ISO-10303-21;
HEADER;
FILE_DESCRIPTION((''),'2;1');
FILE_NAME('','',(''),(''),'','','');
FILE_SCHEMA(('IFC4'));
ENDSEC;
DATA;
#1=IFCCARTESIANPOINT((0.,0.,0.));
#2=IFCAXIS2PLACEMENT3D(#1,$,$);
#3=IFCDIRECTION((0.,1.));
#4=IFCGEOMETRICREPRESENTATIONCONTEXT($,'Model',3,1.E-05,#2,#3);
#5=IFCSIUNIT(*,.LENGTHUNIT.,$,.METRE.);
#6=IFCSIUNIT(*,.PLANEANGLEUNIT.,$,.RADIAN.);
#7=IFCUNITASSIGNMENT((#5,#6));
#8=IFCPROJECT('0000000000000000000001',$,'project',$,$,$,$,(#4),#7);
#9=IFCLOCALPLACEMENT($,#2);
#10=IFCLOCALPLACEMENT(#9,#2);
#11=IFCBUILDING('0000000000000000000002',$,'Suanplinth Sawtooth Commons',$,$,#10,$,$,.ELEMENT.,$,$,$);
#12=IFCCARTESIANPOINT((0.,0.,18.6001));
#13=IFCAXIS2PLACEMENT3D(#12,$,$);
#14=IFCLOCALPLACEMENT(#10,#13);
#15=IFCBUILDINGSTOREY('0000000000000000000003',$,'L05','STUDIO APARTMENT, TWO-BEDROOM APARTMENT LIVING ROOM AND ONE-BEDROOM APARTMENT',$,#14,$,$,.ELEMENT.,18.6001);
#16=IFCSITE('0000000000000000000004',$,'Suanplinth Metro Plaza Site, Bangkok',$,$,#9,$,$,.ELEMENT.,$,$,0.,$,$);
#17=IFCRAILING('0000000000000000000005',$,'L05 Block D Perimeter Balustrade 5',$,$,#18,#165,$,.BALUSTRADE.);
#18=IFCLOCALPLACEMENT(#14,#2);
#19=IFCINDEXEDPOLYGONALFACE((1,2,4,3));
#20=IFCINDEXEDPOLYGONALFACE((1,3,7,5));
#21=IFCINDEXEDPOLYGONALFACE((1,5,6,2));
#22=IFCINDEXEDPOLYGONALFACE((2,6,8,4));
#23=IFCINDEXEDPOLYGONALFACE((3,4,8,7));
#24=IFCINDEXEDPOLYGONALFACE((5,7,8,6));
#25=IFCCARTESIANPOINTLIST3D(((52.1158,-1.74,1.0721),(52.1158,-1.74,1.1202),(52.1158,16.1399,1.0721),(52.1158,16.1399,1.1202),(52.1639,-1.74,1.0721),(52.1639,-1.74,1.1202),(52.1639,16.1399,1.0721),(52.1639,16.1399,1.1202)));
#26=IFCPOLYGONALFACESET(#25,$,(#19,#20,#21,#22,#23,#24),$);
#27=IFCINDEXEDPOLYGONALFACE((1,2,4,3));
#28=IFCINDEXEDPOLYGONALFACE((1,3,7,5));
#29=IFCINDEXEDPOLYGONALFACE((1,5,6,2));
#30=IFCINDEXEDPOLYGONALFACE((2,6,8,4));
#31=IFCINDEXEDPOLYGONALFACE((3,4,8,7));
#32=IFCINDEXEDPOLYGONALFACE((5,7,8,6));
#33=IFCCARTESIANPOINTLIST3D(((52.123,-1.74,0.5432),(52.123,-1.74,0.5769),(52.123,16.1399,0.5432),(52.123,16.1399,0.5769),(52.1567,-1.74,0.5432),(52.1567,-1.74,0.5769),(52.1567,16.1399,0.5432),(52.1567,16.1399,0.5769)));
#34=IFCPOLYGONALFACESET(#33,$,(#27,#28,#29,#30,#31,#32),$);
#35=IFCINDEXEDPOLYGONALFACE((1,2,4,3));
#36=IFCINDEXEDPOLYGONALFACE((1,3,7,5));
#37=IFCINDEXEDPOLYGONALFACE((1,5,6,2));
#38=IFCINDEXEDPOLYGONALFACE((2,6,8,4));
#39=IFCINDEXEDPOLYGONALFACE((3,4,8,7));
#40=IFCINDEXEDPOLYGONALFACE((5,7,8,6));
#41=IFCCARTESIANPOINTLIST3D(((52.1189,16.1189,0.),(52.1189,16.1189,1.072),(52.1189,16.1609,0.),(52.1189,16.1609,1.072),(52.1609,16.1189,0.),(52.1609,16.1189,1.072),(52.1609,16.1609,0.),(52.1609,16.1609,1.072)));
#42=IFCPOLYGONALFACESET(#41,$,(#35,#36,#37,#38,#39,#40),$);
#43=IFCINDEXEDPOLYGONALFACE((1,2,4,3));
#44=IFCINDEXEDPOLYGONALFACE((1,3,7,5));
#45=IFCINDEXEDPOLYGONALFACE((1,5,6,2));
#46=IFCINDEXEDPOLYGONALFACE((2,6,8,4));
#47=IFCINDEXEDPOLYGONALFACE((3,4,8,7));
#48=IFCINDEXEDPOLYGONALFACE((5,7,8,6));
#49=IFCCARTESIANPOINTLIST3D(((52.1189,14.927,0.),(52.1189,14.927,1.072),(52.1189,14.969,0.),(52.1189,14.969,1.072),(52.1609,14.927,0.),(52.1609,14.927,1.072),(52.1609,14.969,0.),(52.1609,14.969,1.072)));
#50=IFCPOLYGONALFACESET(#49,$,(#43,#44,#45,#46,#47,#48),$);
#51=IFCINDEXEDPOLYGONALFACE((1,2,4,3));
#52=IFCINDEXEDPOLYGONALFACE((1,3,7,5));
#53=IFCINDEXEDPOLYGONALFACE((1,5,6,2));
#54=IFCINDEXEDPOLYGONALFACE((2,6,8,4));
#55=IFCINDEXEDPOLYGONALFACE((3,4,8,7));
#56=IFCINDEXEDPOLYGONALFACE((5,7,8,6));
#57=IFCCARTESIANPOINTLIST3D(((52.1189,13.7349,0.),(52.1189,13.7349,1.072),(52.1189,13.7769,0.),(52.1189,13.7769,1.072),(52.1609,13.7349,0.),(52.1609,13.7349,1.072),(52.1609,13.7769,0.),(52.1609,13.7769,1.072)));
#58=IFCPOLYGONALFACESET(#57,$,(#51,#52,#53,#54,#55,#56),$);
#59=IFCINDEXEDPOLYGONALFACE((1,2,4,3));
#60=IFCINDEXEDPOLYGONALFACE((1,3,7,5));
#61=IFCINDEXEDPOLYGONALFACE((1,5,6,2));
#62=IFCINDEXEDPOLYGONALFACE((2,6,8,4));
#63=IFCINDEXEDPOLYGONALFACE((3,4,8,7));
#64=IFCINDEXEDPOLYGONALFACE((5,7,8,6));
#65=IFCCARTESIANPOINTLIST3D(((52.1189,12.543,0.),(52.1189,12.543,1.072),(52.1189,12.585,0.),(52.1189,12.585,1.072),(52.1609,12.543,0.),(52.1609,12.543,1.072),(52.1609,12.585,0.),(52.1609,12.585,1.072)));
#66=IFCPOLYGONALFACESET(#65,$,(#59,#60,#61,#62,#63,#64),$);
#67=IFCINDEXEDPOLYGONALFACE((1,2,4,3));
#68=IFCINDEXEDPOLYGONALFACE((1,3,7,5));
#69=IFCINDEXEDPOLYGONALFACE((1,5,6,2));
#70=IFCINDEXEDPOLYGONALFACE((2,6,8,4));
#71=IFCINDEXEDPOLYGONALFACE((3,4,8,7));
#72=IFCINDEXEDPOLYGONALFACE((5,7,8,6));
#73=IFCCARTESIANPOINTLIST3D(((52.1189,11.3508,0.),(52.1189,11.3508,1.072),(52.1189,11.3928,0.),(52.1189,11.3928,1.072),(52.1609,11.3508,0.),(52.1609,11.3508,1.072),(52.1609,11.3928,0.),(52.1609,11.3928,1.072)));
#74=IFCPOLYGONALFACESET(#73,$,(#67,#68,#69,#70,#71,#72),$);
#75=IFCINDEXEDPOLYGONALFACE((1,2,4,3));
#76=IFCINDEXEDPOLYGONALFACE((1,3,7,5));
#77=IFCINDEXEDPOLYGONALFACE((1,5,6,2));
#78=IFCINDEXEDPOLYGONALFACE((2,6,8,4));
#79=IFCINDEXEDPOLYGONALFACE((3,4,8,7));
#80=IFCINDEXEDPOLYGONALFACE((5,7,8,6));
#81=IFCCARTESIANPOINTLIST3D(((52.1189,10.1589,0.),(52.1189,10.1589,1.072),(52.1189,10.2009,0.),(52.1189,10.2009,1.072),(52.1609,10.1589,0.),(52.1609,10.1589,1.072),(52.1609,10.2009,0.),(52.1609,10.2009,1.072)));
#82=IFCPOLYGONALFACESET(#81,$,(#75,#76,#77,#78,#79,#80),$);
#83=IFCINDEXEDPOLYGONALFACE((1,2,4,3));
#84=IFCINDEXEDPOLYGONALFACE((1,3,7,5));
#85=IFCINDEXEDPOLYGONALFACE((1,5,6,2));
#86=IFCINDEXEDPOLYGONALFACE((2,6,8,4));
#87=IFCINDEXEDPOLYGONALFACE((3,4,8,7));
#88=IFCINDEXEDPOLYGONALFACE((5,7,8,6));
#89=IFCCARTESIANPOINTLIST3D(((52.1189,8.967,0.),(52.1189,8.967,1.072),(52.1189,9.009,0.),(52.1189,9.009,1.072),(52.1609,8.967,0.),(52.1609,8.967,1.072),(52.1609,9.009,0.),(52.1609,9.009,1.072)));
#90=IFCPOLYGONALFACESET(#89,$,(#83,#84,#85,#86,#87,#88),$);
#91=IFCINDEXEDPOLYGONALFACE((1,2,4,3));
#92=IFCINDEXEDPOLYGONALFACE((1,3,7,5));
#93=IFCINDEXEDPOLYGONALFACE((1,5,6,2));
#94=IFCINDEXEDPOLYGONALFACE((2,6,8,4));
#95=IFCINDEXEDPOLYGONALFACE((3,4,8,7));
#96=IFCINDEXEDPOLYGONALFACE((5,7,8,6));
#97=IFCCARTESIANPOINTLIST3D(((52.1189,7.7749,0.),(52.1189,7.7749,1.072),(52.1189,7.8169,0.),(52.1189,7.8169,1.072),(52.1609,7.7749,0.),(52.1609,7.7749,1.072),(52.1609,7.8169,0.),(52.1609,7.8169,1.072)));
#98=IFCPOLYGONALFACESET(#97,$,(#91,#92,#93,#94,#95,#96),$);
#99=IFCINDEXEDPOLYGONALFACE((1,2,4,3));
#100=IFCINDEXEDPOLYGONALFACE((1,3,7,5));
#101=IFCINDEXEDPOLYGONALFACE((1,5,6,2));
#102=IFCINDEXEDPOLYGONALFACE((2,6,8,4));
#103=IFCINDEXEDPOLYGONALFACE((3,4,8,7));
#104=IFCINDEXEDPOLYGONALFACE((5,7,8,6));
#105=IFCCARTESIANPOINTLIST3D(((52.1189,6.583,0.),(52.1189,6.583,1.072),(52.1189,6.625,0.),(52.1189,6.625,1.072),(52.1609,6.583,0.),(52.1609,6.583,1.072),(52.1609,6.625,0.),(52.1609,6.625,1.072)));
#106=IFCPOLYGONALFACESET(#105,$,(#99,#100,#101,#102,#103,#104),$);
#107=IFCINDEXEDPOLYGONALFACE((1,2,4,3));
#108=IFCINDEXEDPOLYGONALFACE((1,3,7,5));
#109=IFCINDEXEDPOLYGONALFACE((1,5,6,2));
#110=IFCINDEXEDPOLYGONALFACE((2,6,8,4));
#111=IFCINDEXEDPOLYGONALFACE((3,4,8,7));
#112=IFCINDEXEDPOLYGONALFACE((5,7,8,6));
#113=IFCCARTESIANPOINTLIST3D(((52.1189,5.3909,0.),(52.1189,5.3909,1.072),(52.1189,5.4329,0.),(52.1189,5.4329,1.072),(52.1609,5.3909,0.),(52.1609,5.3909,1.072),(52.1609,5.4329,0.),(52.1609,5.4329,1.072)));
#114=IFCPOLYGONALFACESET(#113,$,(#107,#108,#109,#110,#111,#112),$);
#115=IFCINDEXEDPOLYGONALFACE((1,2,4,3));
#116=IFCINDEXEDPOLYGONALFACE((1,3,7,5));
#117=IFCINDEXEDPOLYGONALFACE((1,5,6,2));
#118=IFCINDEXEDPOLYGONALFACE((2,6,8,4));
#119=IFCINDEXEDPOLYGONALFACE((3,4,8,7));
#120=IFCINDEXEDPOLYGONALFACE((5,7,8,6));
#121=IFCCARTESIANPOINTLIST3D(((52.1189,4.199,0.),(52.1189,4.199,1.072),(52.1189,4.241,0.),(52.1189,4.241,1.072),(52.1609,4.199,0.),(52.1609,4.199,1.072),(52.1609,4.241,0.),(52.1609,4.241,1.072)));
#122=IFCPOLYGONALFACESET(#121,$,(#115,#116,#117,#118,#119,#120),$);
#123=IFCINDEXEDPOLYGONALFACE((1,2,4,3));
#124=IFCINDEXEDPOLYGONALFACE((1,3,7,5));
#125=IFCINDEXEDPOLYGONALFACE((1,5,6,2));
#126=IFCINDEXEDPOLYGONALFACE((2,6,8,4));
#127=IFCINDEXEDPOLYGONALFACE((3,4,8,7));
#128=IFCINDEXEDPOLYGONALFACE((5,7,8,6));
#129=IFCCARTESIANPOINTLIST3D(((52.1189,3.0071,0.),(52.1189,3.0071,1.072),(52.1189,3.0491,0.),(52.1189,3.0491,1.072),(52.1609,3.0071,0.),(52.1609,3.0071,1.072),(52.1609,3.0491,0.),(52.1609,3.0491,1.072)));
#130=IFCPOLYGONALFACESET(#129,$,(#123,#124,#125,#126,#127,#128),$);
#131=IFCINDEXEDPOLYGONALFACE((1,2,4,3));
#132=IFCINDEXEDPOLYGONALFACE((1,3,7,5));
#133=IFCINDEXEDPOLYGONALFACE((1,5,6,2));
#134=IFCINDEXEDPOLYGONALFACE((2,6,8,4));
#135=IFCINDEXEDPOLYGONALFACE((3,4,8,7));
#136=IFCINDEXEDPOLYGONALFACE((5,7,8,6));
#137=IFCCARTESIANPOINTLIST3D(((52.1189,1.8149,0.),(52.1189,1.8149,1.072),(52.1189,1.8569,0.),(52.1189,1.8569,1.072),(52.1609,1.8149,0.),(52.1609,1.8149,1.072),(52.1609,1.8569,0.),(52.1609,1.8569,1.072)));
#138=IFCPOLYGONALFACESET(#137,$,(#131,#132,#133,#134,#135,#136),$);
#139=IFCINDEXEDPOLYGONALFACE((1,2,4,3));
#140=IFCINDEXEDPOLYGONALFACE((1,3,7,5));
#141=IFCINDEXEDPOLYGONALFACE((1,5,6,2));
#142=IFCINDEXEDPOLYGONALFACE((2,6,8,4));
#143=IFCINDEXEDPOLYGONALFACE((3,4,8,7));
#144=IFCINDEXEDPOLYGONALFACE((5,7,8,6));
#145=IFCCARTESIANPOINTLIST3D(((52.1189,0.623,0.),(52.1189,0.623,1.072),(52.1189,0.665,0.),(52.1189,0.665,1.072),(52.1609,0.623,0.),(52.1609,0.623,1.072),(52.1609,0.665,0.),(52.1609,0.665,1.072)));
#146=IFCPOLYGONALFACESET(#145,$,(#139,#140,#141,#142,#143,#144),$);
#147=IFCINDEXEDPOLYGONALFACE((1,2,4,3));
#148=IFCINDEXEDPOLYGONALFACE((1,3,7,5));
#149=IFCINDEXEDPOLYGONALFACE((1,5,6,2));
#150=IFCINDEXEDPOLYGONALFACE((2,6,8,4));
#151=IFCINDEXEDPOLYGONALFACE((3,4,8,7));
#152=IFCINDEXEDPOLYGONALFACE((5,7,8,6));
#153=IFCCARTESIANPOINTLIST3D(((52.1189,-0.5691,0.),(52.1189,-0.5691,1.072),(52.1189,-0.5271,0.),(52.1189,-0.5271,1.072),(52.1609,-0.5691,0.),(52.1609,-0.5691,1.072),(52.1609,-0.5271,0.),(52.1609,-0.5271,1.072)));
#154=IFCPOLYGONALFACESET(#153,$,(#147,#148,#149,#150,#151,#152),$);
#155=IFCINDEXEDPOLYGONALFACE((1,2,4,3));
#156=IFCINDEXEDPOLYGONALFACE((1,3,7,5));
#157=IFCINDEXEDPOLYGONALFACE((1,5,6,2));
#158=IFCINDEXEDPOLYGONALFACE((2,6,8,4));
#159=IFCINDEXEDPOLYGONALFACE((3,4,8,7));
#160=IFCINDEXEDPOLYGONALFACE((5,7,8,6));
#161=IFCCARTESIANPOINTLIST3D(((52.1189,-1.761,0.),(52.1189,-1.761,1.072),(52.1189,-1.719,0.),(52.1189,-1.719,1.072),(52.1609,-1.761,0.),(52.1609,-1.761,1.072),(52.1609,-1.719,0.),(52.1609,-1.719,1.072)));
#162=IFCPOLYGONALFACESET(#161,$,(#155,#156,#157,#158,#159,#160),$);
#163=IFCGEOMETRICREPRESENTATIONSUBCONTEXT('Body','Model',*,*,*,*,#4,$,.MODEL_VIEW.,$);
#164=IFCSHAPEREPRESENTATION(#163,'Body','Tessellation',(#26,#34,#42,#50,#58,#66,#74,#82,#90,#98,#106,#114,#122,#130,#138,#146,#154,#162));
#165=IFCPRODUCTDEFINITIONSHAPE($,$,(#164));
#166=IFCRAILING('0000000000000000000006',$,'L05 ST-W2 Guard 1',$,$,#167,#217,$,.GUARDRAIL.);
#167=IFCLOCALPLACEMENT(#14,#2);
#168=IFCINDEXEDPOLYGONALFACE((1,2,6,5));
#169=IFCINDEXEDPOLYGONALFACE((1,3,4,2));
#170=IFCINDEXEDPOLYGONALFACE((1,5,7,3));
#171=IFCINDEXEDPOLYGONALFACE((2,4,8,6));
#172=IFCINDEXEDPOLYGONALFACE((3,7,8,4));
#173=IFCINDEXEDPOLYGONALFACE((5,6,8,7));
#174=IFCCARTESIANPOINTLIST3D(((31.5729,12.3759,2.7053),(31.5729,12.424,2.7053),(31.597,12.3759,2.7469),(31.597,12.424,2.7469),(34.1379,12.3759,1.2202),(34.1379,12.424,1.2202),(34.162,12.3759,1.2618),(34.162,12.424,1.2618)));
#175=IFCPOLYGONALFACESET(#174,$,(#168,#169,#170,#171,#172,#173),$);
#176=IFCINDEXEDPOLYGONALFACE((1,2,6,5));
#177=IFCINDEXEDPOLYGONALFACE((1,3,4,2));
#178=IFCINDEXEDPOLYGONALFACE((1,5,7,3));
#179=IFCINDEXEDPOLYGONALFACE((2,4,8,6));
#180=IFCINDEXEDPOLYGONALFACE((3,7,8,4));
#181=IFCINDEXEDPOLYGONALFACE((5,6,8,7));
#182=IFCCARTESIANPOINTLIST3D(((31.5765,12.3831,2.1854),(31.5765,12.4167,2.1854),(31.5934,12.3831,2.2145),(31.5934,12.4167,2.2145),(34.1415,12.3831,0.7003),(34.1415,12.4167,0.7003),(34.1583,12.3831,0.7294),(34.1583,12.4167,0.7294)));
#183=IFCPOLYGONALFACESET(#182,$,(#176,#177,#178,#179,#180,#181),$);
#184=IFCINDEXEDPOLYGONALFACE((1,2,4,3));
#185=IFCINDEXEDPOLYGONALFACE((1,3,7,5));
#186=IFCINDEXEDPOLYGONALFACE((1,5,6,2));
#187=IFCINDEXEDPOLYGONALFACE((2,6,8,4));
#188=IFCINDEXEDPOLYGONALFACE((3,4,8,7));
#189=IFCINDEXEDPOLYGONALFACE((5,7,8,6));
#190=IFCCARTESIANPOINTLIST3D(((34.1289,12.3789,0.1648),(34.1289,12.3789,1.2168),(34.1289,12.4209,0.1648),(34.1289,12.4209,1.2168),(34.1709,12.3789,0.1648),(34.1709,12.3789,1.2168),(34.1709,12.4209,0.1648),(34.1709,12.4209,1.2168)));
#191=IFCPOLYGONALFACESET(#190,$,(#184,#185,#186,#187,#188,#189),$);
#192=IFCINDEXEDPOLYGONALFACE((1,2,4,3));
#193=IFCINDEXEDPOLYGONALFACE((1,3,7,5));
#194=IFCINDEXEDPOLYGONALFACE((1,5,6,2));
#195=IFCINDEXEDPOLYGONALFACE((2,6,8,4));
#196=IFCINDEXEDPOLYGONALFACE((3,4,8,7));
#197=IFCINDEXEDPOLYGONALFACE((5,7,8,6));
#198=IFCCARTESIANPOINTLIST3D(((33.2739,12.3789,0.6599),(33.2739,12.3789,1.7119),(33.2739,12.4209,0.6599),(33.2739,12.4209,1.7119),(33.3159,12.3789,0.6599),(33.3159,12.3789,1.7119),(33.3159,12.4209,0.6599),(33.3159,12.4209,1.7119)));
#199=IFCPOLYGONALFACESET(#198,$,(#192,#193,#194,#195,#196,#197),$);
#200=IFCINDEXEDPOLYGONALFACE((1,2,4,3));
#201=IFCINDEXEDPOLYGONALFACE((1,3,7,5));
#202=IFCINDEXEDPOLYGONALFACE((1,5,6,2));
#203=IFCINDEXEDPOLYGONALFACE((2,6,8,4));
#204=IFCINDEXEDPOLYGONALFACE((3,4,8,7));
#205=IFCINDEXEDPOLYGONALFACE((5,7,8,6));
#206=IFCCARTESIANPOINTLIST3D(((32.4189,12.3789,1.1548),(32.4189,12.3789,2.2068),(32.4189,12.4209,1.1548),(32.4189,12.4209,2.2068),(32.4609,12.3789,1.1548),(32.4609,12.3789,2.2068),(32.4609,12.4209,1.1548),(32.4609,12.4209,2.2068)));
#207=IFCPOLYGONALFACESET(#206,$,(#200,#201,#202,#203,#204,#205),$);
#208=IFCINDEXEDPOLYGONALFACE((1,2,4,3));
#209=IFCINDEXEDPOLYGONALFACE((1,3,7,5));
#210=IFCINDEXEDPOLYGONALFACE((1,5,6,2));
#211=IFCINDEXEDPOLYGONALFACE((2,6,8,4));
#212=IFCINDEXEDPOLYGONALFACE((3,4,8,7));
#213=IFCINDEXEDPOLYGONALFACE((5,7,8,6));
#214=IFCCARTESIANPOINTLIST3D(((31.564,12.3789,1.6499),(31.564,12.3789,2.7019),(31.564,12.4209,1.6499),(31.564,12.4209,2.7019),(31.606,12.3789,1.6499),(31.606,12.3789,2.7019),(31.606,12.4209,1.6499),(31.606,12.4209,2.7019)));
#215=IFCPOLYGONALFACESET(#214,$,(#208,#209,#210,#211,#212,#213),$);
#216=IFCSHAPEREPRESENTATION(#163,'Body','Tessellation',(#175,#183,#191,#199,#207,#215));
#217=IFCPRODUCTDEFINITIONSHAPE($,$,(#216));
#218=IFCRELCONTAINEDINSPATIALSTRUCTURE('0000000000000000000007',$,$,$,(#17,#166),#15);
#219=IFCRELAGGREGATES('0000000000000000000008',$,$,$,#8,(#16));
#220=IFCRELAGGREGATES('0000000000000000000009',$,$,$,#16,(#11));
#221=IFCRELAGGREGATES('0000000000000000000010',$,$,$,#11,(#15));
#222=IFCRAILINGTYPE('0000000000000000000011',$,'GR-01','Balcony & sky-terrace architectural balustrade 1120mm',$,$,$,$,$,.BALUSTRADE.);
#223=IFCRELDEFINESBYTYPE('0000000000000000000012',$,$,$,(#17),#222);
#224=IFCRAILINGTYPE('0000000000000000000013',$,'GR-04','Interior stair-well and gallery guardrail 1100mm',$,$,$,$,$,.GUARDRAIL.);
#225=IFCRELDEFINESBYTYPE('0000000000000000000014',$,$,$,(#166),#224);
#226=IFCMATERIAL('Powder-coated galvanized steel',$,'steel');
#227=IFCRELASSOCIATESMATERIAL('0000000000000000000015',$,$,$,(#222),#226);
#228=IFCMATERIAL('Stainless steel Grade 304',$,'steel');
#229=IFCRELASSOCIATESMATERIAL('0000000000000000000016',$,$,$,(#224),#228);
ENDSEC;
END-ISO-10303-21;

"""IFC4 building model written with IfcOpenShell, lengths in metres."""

from ifc_helpers import new_model, si_unit, direction, frame, origin, origin_2d, place, context, subcontext, project, spatial, rectangle, extrude, material, type_object, element, save


model = new_model("IFC4")

# Units and contexts
model_context = context("Model", 3, precision=1e-05, world=origin(), true_north=direction((0.0, 1.0)))
body_context = subcontext(model_context, "Body", "Model", "MODEL_VIEW")
ifc_project = project(units=[si_unit("LENGTHUNIT", "METRE"), si_unit("PLANEANGLEUNIT", "RADIAN")], contexts=[model_context])

# Site, building, storey
site_placement = place(None, origin())
site = spatial("IfcSite", under=ifc_project, at=site_placement, Name="Suanplinth Metro Plaza Site, Bangkok", CompositionType="ELEMENT", RefElevation=0.0)
building_placement = place(site_placement, origin())
building = spatial("IfcBuilding", under=site, at=building_placement, Name="Suanplinth Sawtooth Commons", CompositionType="ELEMENT")
storey_placement = place(building_placement, frame((0.0, 0.0, 18.6001)))
storey = spatial("IfcBuildingStorey", under=building, at=storey_placement, Name="L05", Description="STUDIO APARTMENT, TWO-BEDROOM APARTMENT LIVING ROOM AND ONE-BEDROOM APARTMENT", CompositionType="ELEMENT", Elevation=18.6001)

# Railings
ifc_material_1 = material(Name="Powder-coated galvanized steel", Category="steel")
railing_type_1 = type_object("IfcRailingType", Name="GR-01", Description="Balcony & sky-terrace architectural balustrade 1120mm", PredefinedType="BALUSTRADE", material=ifc_material_1)
railing_1_placement = place(storey_placement, frame((52.1399, 16.1399, 0.0)))
element("IfcRailing", 1, at=railing_1_placement, inside=storey, type_object=railing_type_1, Name="L05 Block D Perimeter Balustrade 5", PredefinedType="BALUSTRADE", context=body_context, shape_type="SweptSolid", body=[
    extrude(rectangle(XDim=0.0481, YDim=0.0481, at=origin_2d()), frame((0.0, 0.0, 1.0962), z_axis=(0.0, -1.0, 0.0), x_axis=(1.0, 0.0, 0.0)), (0.0, 0.0, 1.0), 17.8799),
    extrude(rectangle(XDim=0.0337, YDim=0.0337, at=origin_2d()), frame((0.0, 0.0, 0.5601), z_axis=(0.0, -1.0, 0.0), x_axis=(1.0, 0.0, 0.0)), (0.0, 0.0, 1.0), 17.8799),
    extrude(rectangle(XDim=0.042, YDim=0.042, at=origin_2d()), origin(), (0.0, 0.0, 1.0), 1.072),
    extrude(rectangle(XDim=0.042, YDim=0.042, at=origin_2d()), frame((0.0, -1.1919, 0.0)), (0.0, 0.0, 1.0), 1.072),
    extrude(rectangle(XDim=0.042, YDim=0.042, at=origin_2d()), frame((0.0, -2.384, 0.0)), (0.0, 0.0, 1.0), 1.072),
    extrude(rectangle(XDim=0.042, YDim=0.042, at=origin_2d()), frame((0.0, -3.5759, 0.0)), (0.0, 0.0, 1.0), 1.072),
    extrude(rectangle(XDim=0.042, YDim=0.042, at=origin_2d()), frame((0.0, -4.7681, 0.0)), (0.0, 0.0, 1.0), 1.072),
    extrude(rectangle(XDim=0.042, YDim=0.042, at=origin_2d()), frame((0.0, -5.96, 0.0)), (0.0, 0.0, 1.0), 1.072),
    extrude(rectangle(XDim=0.042, YDim=0.042, at=origin_2d()), frame((0.0, -7.1519, 0.0)), (0.0, 0.0, 1.0), 1.072),
    extrude(rectangle(XDim=0.042, YDim=0.042, at=origin_2d()), frame((0.0, -8.344, 0.0)), (0.0, 0.0, 1.0), 1.072),
    extrude(rectangle(XDim=0.042, YDim=0.042, at=origin_2d()), frame((0.0, -9.5359, 0.0)), (0.0, 0.0, 1.0), 1.072),
    extrude(rectangle(XDim=0.042, YDim=0.042, at=origin_2d()), frame((0.0, -10.728, 0.0)), (0.0, 0.0, 1.0), 1.072),
    extrude(rectangle(XDim=0.042, YDim=0.042, at=origin_2d()), frame((0.0, -11.9199, 0.0)), (0.0, 0.0, 1.0), 1.072),
    extrude(rectangle(XDim=0.042, YDim=0.042, at=origin_2d()), frame((0.0, -13.1118, 0.0)), (0.0, 0.0, 1.0), 1.072),
    extrude(rectangle(XDim=0.042, YDim=0.042, at=origin_2d()), frame((0.0, -14.304, 0.0)), (0.0, 0.0, 1.0), 1.072),
    extrude(rectangle(XDim=0.042, YDim=0.042, at=origin_2d()), frame((0.0, -15.4958, 0.0)), (0.0, 0.0, 1.0), 1.072),
    extrude(rectangle(XDim=0.042, YDim=0.042, at=origin_2d()), frame((0.0, -16.688, 0.0)), (0.0, 0.0, 1.0), 1.072),
    extrude(rectangle(XDim=0.042, YDim=0.042, at=origin_2d()), frame((0.0, -17.8799, 0.0)), (0.0, 0.0, 1.0), 1.072),
])
ifc_material_2 = material(Name="Stainless steel Grade 304", Category="steel")
railing_type_2 = type_object("IfcRailingType", Name="GR-04", Description="Interior stair-well and gallery guardrail 1100mm", PredefinedType="GUARDRAIL", material=ifc_material_2)
railing_2_placement = place(storey_placement, frame((34.1499, 12.3999, 0.1648)))
element("IfcRailing", 2, at=railing_2_placement, inside=storey, type_object=railing_type_2, Name="L05 ST-W2 Guard 1", PredefinedType="GUARDRAIL", context=body_context, shape_type="SweptSolid", body=[
    extrude(rectangle(XDim=0.0481, YDim=0.0481, at=origin_2d()), frame((0.0, 0.0, 1.0762), z_axis=(-0.865406, 0.0, 0.501072), x_axis=(0.0, -1.0, 0.0)), (0.0, 0.0, 1.0), 2.9639),
    extrude(rectangle(XDim=0.0337, YDim=0.0337, at=origin_2d()), frame((0.0, 0.0, 0.55), z_axis=(-0.865406, 0.0, 0.501072), x_axis=(0.0, -1.0, 0.0)), (0.0, 0.0, 1.0), 2.9639),
    extrude(rectangle(XDim=0.042, YDim=0.042, at=origin_2d()), origin(), (0.0, 0.0, 1.0), 1.052),
    extrude(rectangle(XDim=0.042, YDim=0.042, at=origin_2d()), frame((-0.855, 0.0, 0.4951)), (0.0, 0.0, 1.0), 1.052),
    extrude(rectangle(XDim=0.042, YDim=0.042, at=origin_2d()), frame((-1.71, 0.0, 0.99)), (0.0, 0.0, 1.0), 1.052),
    extrude(rectangle(XDim=0.042, YDim=0.042, at=origin_2d()), frame((-2.5649, 0.0, 1.4851)), (0.0, 0.0, 1.0), 1.052),
])

save(model, "model.ifc")
